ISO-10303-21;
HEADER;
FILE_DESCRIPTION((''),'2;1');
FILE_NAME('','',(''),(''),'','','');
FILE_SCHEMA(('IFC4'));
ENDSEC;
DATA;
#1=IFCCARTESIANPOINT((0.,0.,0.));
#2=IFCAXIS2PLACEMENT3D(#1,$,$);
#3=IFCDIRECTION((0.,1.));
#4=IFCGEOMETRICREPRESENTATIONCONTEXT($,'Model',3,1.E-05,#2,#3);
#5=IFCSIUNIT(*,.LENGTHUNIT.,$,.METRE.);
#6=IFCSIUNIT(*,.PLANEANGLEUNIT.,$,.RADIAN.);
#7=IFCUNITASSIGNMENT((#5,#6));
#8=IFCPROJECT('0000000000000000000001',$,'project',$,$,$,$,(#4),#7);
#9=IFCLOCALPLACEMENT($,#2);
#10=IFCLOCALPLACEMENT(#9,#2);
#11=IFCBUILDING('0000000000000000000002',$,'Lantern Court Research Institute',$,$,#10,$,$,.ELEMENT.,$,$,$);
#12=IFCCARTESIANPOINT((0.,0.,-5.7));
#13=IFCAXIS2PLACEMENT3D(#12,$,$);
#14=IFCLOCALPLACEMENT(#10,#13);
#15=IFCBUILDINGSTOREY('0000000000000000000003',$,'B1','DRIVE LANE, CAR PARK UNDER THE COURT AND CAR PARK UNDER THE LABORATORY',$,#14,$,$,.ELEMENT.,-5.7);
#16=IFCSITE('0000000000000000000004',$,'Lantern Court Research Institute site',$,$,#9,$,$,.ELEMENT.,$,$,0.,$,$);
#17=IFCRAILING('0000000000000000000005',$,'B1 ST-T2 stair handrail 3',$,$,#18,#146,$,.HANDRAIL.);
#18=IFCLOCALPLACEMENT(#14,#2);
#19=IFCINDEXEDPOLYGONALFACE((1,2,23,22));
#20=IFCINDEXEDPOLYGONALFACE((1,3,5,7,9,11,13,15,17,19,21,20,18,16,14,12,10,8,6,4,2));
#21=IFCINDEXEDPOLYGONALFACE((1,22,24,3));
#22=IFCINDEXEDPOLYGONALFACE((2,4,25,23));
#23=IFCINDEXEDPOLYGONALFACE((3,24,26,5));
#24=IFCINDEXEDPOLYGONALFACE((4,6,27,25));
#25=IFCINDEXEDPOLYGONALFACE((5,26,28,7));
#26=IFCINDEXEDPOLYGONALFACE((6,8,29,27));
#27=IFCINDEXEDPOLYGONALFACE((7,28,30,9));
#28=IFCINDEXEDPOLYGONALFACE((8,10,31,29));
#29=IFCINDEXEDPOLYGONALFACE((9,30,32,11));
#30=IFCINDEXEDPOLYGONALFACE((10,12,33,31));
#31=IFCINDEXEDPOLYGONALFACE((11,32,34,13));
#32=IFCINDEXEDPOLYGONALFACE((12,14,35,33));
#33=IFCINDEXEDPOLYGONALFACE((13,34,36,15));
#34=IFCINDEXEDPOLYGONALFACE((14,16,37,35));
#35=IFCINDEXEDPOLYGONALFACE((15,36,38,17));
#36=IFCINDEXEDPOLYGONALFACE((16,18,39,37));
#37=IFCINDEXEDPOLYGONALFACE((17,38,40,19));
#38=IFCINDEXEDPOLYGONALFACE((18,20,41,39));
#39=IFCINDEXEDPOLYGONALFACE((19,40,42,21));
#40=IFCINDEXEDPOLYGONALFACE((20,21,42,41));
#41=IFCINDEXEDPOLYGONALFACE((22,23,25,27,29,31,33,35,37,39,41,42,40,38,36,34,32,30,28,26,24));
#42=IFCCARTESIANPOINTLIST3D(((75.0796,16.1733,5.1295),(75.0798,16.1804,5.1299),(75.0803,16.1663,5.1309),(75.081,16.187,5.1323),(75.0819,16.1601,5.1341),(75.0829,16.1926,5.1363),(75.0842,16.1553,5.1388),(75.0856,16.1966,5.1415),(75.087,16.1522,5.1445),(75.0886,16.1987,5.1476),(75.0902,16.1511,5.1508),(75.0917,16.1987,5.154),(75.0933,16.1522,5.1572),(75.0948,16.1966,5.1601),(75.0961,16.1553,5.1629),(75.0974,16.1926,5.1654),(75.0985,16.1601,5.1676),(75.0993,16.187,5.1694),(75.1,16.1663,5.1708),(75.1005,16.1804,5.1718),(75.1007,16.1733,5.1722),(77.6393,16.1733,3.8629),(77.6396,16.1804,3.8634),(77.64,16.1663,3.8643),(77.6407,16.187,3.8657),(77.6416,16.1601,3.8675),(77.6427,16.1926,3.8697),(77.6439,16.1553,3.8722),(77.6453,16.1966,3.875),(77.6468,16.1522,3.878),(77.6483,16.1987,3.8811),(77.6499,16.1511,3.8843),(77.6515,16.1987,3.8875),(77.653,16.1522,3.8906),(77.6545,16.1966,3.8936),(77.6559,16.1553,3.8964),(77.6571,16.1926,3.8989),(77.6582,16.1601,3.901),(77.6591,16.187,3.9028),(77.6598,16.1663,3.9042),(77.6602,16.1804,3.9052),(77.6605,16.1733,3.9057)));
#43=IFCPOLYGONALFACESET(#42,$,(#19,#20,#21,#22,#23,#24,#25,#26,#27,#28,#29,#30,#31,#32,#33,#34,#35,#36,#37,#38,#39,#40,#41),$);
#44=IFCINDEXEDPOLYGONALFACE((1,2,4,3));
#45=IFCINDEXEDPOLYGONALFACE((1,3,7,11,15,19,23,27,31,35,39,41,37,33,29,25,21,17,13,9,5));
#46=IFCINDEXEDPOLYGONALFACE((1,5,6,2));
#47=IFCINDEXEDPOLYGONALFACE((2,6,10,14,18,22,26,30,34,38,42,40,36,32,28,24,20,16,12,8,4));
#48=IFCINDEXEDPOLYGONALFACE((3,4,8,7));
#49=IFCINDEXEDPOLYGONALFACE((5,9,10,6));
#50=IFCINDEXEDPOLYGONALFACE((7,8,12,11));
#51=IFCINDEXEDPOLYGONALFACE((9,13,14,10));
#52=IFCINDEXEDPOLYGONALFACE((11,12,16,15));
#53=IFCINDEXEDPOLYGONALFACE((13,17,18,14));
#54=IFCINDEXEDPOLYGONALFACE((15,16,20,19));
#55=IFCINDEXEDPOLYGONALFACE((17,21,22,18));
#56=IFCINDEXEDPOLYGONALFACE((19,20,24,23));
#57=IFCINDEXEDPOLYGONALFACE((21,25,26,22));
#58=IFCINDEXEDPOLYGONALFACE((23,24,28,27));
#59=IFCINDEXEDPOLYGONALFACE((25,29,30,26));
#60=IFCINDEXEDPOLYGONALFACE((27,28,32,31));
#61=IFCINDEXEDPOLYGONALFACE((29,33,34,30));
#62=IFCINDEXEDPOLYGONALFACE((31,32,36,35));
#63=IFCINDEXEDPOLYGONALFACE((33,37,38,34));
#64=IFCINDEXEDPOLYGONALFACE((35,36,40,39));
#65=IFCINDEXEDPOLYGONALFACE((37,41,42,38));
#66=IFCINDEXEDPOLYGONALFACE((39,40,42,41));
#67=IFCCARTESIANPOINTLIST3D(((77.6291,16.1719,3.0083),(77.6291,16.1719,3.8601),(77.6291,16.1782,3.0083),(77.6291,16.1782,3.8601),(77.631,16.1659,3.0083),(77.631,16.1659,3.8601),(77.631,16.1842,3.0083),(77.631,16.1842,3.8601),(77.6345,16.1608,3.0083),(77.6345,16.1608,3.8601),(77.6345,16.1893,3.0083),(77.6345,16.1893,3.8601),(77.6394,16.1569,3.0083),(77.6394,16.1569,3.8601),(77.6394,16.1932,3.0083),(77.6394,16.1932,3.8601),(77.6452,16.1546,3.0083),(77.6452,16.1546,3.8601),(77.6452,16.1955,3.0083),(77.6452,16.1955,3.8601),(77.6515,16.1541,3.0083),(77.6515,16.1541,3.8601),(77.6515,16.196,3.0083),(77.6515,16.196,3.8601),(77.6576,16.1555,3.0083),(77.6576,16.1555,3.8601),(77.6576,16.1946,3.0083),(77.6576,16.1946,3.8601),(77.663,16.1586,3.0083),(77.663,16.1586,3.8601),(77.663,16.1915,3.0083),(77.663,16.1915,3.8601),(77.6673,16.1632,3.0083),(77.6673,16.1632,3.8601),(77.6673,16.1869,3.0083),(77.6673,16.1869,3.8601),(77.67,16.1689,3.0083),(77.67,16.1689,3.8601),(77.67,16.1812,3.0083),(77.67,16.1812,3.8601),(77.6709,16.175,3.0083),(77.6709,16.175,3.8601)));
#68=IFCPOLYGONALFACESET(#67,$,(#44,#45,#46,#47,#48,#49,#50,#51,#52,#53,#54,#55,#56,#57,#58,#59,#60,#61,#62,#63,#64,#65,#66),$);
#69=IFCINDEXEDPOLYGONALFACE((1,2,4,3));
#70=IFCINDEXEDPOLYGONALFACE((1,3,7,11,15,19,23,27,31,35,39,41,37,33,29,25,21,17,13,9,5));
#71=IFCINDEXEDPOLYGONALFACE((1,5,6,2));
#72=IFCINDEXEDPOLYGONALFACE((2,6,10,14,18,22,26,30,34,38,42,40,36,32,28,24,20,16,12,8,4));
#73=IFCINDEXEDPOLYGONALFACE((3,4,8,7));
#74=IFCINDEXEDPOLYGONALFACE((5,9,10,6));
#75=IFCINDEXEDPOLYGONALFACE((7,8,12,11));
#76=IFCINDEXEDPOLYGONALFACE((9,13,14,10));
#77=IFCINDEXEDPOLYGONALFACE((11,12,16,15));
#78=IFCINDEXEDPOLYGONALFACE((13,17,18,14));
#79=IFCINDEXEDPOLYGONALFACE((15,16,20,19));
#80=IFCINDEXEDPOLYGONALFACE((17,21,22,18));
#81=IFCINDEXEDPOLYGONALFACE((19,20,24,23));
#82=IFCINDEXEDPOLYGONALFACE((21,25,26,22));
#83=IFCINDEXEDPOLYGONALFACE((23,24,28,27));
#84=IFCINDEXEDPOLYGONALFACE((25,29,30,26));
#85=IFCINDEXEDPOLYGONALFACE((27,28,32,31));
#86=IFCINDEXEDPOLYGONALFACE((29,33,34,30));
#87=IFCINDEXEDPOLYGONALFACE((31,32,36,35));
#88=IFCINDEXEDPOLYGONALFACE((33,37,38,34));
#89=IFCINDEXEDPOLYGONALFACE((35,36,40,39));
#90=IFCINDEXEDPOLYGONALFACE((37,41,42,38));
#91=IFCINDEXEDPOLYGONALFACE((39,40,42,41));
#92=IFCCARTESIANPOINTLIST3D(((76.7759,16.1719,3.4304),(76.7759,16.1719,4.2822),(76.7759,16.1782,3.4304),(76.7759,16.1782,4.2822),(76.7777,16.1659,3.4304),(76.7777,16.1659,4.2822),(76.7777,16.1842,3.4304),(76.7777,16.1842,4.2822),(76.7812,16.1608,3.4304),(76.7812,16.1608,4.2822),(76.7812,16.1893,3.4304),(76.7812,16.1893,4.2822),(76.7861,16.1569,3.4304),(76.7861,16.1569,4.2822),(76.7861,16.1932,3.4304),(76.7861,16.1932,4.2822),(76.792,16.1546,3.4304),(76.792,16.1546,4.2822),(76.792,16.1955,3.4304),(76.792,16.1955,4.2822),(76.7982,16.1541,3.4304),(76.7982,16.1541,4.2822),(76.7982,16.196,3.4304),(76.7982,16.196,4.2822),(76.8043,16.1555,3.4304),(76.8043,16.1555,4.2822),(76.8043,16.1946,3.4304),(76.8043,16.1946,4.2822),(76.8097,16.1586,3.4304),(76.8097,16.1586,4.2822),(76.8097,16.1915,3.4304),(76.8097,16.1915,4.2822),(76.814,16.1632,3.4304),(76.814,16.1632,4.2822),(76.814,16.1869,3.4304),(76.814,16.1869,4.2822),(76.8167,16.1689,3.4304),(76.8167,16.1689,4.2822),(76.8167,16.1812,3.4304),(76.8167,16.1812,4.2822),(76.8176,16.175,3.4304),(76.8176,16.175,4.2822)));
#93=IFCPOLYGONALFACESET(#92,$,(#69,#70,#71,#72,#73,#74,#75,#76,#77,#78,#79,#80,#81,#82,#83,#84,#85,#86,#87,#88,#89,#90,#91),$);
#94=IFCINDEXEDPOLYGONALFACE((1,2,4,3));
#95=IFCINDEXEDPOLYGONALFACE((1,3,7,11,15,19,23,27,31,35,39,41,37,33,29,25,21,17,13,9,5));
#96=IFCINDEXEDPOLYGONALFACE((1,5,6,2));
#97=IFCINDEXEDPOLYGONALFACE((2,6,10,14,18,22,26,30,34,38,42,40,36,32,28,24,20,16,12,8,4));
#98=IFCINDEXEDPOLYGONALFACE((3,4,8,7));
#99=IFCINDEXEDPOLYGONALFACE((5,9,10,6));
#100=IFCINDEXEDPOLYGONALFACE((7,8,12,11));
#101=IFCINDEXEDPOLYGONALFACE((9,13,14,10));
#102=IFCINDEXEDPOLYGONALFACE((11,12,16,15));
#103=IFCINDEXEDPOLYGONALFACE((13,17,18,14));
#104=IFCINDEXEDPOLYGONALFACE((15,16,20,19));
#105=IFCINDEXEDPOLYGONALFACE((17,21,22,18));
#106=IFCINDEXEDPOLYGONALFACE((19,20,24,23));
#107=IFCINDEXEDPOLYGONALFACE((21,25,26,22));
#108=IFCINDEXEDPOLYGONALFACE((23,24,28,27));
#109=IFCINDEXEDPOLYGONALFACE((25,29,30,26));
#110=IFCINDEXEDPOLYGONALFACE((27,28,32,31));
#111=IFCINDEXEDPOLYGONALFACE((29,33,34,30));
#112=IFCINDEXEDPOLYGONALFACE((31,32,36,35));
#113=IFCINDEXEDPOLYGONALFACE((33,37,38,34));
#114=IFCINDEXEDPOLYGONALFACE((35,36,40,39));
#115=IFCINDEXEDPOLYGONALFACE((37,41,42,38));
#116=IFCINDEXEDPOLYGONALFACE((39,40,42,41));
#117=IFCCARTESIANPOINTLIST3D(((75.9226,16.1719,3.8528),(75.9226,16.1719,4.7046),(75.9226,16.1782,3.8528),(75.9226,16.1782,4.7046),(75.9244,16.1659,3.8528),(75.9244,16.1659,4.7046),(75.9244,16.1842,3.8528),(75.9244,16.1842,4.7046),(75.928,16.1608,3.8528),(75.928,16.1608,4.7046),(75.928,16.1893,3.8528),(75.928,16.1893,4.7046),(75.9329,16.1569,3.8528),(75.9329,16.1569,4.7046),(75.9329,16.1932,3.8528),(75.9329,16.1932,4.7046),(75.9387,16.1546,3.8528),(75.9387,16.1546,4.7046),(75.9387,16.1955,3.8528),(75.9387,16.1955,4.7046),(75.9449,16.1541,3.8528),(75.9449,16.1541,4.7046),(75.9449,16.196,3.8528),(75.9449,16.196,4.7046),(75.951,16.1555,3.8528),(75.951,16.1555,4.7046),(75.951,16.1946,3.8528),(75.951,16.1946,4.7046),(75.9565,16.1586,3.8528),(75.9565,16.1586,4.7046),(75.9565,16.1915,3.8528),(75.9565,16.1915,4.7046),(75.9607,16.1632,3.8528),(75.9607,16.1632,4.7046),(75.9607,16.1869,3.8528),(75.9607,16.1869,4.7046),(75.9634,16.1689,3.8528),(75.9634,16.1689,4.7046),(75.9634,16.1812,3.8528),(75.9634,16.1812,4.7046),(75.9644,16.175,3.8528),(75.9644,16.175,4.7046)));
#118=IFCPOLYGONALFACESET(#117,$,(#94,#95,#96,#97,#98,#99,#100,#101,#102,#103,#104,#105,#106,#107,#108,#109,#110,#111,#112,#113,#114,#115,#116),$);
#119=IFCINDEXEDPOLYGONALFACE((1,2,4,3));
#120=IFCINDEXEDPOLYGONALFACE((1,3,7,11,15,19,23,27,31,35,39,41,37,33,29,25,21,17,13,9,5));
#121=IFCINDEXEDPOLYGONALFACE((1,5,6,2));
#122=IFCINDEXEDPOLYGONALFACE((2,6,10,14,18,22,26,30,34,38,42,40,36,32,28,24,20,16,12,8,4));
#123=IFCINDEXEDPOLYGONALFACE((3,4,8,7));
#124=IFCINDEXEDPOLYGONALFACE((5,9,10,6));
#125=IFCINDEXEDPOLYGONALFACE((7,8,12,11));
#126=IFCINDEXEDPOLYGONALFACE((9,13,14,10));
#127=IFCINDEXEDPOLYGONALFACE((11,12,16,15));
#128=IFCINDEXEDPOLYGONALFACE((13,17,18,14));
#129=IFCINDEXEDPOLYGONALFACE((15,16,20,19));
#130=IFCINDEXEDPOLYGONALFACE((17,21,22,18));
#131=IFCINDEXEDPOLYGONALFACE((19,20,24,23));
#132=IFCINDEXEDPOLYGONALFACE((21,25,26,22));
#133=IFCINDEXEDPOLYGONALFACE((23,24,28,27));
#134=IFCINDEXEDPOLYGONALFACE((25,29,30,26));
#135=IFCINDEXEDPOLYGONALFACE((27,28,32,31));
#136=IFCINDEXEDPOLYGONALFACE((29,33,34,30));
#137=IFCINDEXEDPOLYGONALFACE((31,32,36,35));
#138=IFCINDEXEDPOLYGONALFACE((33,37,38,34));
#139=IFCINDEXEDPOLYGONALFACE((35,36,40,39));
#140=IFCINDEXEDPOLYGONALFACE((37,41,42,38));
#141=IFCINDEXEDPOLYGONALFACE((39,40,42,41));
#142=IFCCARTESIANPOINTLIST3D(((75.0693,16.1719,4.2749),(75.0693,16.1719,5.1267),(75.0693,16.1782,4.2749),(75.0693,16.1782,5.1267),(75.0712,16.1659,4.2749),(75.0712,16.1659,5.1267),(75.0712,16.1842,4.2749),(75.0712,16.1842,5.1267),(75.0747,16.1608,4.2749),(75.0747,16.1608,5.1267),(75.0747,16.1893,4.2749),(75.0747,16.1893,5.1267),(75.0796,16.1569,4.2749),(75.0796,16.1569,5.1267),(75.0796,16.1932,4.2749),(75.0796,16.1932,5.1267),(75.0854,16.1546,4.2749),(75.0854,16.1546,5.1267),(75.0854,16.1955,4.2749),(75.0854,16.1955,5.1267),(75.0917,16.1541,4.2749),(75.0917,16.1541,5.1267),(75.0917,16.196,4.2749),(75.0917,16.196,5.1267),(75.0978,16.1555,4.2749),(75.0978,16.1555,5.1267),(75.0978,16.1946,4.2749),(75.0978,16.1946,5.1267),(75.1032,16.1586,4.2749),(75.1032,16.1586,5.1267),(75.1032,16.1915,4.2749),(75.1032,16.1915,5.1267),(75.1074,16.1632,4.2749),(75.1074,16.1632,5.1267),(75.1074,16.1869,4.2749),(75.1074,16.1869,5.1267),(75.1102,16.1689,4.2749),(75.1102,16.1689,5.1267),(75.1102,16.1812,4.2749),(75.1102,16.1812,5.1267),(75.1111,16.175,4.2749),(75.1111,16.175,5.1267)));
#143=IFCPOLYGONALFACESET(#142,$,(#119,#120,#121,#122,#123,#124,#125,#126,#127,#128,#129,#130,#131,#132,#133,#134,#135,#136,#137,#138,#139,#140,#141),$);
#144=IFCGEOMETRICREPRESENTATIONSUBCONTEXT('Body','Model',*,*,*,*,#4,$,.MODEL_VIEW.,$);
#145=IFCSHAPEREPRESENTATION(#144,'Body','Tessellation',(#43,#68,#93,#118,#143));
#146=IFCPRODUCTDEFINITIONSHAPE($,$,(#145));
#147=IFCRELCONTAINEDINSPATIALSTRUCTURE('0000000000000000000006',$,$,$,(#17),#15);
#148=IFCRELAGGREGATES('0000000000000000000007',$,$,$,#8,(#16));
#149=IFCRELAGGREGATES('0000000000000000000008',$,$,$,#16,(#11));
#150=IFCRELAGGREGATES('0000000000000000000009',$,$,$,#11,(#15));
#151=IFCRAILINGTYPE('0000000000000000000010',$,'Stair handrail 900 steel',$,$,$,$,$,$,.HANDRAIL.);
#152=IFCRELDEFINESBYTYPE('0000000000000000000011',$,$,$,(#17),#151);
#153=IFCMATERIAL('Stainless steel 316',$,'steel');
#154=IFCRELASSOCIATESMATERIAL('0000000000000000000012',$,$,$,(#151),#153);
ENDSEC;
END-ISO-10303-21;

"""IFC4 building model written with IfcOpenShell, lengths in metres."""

from ifc_helpers import new_model, si_unit, direction, frame, origin, origin_2d, place, context, subcontext, project, spatial, circle, extrude, material, type_object, element, save


model = new_model("IFC4")

# Units and contexts
model_context = context("Model", 3, precision=1e-05, world=origin(), true_north=direction((0.0, 1.0)))
body_context = subcontext(model_context, "Body", "Model", "MODEL_VIEW")
ifc_project = project(units=[si_unit("LENGTHUNIT", "METRE"), si_unit("PLANEANGLEUNIT", "RADIAN")], contexts=[model_context])

# Site, building, storey
site_placement = place(None, origin())
site = spatial("IfcSite", under=ifc_project, at=site_placement, Name="Lantern Court Research Institute site", CompositionType="ELEMENT", RefElevation=0.0)
building_placement = place(site_placement, origin())
building = spatial("IfcBuilding", under=site, at=building_placement, Name="Lantern Court Research Institute", CompositionType="ELEMENT")
storey_placement = place(building_placement, frame((0.0, 0.0, -5.7)))
storey = spatial("IfcBuildingStorey", under=building, at=storey_placement, Name="B1", Description="DRIVE LANE, CAR PARK UNDER THE COURT AND CAR PARK UNDER THE LABORATORY", CompositionType="ELEMENT", Elevation=-5.7)

# Railing
ifc_material_1 = material(Name="Stainless steel 316", Category="steel")
railing_type_1 = type_object("IfcRailingType", Name="Stair handrail 900 steel", PredefinedType="HANDRAIL", material=ifc_material_1)
railing_1_placement = place(storey_placement, frame((77.6499, 16.175, 3.0083)))
element("IfcRailing", 1, at=railing_1_placement, inside=storey, type_object=railing_type_1, Name="B1 ST-T2 stair handrail 3", PredefinedType="HANDRAIL", context=body_context, shape_type="SweptSolid", body=[
    extrude(circle(Radius=0.0239, at=origin_2d()), frame((0.0, 0.0, 0.876), z_axis=(-0.896283, 0.0, 0.443483), x_axis=(0.0, -1.0, 0.0)), (0.0, 0.0, 1.0), 2.856),
    extrude(circle(Radius=0.021, at=origin_2d()), origin(), (0.0, 0.0, 1.0), 0.8518),
    extrude(circle(Radius=0.021, at=origin_2d()), frame((-0.8533, 0.0, 0.4221)), (0.0, 0.0, 1.0), 0.8518),
    extrude(circle(Radius=0.021, at=origin_2d()), frame((-1.7065, 0.0, 0.8445)), (0.0, 0.0, 1.0), 0.8518),
    extrude(circle(Radius=0.021, at=origin_2d()), frame((-2.5598, 0.0, 1.2666)), (0.0, 0.0, 1.0), 0.8518),
])

save(model, "model.ifc")
